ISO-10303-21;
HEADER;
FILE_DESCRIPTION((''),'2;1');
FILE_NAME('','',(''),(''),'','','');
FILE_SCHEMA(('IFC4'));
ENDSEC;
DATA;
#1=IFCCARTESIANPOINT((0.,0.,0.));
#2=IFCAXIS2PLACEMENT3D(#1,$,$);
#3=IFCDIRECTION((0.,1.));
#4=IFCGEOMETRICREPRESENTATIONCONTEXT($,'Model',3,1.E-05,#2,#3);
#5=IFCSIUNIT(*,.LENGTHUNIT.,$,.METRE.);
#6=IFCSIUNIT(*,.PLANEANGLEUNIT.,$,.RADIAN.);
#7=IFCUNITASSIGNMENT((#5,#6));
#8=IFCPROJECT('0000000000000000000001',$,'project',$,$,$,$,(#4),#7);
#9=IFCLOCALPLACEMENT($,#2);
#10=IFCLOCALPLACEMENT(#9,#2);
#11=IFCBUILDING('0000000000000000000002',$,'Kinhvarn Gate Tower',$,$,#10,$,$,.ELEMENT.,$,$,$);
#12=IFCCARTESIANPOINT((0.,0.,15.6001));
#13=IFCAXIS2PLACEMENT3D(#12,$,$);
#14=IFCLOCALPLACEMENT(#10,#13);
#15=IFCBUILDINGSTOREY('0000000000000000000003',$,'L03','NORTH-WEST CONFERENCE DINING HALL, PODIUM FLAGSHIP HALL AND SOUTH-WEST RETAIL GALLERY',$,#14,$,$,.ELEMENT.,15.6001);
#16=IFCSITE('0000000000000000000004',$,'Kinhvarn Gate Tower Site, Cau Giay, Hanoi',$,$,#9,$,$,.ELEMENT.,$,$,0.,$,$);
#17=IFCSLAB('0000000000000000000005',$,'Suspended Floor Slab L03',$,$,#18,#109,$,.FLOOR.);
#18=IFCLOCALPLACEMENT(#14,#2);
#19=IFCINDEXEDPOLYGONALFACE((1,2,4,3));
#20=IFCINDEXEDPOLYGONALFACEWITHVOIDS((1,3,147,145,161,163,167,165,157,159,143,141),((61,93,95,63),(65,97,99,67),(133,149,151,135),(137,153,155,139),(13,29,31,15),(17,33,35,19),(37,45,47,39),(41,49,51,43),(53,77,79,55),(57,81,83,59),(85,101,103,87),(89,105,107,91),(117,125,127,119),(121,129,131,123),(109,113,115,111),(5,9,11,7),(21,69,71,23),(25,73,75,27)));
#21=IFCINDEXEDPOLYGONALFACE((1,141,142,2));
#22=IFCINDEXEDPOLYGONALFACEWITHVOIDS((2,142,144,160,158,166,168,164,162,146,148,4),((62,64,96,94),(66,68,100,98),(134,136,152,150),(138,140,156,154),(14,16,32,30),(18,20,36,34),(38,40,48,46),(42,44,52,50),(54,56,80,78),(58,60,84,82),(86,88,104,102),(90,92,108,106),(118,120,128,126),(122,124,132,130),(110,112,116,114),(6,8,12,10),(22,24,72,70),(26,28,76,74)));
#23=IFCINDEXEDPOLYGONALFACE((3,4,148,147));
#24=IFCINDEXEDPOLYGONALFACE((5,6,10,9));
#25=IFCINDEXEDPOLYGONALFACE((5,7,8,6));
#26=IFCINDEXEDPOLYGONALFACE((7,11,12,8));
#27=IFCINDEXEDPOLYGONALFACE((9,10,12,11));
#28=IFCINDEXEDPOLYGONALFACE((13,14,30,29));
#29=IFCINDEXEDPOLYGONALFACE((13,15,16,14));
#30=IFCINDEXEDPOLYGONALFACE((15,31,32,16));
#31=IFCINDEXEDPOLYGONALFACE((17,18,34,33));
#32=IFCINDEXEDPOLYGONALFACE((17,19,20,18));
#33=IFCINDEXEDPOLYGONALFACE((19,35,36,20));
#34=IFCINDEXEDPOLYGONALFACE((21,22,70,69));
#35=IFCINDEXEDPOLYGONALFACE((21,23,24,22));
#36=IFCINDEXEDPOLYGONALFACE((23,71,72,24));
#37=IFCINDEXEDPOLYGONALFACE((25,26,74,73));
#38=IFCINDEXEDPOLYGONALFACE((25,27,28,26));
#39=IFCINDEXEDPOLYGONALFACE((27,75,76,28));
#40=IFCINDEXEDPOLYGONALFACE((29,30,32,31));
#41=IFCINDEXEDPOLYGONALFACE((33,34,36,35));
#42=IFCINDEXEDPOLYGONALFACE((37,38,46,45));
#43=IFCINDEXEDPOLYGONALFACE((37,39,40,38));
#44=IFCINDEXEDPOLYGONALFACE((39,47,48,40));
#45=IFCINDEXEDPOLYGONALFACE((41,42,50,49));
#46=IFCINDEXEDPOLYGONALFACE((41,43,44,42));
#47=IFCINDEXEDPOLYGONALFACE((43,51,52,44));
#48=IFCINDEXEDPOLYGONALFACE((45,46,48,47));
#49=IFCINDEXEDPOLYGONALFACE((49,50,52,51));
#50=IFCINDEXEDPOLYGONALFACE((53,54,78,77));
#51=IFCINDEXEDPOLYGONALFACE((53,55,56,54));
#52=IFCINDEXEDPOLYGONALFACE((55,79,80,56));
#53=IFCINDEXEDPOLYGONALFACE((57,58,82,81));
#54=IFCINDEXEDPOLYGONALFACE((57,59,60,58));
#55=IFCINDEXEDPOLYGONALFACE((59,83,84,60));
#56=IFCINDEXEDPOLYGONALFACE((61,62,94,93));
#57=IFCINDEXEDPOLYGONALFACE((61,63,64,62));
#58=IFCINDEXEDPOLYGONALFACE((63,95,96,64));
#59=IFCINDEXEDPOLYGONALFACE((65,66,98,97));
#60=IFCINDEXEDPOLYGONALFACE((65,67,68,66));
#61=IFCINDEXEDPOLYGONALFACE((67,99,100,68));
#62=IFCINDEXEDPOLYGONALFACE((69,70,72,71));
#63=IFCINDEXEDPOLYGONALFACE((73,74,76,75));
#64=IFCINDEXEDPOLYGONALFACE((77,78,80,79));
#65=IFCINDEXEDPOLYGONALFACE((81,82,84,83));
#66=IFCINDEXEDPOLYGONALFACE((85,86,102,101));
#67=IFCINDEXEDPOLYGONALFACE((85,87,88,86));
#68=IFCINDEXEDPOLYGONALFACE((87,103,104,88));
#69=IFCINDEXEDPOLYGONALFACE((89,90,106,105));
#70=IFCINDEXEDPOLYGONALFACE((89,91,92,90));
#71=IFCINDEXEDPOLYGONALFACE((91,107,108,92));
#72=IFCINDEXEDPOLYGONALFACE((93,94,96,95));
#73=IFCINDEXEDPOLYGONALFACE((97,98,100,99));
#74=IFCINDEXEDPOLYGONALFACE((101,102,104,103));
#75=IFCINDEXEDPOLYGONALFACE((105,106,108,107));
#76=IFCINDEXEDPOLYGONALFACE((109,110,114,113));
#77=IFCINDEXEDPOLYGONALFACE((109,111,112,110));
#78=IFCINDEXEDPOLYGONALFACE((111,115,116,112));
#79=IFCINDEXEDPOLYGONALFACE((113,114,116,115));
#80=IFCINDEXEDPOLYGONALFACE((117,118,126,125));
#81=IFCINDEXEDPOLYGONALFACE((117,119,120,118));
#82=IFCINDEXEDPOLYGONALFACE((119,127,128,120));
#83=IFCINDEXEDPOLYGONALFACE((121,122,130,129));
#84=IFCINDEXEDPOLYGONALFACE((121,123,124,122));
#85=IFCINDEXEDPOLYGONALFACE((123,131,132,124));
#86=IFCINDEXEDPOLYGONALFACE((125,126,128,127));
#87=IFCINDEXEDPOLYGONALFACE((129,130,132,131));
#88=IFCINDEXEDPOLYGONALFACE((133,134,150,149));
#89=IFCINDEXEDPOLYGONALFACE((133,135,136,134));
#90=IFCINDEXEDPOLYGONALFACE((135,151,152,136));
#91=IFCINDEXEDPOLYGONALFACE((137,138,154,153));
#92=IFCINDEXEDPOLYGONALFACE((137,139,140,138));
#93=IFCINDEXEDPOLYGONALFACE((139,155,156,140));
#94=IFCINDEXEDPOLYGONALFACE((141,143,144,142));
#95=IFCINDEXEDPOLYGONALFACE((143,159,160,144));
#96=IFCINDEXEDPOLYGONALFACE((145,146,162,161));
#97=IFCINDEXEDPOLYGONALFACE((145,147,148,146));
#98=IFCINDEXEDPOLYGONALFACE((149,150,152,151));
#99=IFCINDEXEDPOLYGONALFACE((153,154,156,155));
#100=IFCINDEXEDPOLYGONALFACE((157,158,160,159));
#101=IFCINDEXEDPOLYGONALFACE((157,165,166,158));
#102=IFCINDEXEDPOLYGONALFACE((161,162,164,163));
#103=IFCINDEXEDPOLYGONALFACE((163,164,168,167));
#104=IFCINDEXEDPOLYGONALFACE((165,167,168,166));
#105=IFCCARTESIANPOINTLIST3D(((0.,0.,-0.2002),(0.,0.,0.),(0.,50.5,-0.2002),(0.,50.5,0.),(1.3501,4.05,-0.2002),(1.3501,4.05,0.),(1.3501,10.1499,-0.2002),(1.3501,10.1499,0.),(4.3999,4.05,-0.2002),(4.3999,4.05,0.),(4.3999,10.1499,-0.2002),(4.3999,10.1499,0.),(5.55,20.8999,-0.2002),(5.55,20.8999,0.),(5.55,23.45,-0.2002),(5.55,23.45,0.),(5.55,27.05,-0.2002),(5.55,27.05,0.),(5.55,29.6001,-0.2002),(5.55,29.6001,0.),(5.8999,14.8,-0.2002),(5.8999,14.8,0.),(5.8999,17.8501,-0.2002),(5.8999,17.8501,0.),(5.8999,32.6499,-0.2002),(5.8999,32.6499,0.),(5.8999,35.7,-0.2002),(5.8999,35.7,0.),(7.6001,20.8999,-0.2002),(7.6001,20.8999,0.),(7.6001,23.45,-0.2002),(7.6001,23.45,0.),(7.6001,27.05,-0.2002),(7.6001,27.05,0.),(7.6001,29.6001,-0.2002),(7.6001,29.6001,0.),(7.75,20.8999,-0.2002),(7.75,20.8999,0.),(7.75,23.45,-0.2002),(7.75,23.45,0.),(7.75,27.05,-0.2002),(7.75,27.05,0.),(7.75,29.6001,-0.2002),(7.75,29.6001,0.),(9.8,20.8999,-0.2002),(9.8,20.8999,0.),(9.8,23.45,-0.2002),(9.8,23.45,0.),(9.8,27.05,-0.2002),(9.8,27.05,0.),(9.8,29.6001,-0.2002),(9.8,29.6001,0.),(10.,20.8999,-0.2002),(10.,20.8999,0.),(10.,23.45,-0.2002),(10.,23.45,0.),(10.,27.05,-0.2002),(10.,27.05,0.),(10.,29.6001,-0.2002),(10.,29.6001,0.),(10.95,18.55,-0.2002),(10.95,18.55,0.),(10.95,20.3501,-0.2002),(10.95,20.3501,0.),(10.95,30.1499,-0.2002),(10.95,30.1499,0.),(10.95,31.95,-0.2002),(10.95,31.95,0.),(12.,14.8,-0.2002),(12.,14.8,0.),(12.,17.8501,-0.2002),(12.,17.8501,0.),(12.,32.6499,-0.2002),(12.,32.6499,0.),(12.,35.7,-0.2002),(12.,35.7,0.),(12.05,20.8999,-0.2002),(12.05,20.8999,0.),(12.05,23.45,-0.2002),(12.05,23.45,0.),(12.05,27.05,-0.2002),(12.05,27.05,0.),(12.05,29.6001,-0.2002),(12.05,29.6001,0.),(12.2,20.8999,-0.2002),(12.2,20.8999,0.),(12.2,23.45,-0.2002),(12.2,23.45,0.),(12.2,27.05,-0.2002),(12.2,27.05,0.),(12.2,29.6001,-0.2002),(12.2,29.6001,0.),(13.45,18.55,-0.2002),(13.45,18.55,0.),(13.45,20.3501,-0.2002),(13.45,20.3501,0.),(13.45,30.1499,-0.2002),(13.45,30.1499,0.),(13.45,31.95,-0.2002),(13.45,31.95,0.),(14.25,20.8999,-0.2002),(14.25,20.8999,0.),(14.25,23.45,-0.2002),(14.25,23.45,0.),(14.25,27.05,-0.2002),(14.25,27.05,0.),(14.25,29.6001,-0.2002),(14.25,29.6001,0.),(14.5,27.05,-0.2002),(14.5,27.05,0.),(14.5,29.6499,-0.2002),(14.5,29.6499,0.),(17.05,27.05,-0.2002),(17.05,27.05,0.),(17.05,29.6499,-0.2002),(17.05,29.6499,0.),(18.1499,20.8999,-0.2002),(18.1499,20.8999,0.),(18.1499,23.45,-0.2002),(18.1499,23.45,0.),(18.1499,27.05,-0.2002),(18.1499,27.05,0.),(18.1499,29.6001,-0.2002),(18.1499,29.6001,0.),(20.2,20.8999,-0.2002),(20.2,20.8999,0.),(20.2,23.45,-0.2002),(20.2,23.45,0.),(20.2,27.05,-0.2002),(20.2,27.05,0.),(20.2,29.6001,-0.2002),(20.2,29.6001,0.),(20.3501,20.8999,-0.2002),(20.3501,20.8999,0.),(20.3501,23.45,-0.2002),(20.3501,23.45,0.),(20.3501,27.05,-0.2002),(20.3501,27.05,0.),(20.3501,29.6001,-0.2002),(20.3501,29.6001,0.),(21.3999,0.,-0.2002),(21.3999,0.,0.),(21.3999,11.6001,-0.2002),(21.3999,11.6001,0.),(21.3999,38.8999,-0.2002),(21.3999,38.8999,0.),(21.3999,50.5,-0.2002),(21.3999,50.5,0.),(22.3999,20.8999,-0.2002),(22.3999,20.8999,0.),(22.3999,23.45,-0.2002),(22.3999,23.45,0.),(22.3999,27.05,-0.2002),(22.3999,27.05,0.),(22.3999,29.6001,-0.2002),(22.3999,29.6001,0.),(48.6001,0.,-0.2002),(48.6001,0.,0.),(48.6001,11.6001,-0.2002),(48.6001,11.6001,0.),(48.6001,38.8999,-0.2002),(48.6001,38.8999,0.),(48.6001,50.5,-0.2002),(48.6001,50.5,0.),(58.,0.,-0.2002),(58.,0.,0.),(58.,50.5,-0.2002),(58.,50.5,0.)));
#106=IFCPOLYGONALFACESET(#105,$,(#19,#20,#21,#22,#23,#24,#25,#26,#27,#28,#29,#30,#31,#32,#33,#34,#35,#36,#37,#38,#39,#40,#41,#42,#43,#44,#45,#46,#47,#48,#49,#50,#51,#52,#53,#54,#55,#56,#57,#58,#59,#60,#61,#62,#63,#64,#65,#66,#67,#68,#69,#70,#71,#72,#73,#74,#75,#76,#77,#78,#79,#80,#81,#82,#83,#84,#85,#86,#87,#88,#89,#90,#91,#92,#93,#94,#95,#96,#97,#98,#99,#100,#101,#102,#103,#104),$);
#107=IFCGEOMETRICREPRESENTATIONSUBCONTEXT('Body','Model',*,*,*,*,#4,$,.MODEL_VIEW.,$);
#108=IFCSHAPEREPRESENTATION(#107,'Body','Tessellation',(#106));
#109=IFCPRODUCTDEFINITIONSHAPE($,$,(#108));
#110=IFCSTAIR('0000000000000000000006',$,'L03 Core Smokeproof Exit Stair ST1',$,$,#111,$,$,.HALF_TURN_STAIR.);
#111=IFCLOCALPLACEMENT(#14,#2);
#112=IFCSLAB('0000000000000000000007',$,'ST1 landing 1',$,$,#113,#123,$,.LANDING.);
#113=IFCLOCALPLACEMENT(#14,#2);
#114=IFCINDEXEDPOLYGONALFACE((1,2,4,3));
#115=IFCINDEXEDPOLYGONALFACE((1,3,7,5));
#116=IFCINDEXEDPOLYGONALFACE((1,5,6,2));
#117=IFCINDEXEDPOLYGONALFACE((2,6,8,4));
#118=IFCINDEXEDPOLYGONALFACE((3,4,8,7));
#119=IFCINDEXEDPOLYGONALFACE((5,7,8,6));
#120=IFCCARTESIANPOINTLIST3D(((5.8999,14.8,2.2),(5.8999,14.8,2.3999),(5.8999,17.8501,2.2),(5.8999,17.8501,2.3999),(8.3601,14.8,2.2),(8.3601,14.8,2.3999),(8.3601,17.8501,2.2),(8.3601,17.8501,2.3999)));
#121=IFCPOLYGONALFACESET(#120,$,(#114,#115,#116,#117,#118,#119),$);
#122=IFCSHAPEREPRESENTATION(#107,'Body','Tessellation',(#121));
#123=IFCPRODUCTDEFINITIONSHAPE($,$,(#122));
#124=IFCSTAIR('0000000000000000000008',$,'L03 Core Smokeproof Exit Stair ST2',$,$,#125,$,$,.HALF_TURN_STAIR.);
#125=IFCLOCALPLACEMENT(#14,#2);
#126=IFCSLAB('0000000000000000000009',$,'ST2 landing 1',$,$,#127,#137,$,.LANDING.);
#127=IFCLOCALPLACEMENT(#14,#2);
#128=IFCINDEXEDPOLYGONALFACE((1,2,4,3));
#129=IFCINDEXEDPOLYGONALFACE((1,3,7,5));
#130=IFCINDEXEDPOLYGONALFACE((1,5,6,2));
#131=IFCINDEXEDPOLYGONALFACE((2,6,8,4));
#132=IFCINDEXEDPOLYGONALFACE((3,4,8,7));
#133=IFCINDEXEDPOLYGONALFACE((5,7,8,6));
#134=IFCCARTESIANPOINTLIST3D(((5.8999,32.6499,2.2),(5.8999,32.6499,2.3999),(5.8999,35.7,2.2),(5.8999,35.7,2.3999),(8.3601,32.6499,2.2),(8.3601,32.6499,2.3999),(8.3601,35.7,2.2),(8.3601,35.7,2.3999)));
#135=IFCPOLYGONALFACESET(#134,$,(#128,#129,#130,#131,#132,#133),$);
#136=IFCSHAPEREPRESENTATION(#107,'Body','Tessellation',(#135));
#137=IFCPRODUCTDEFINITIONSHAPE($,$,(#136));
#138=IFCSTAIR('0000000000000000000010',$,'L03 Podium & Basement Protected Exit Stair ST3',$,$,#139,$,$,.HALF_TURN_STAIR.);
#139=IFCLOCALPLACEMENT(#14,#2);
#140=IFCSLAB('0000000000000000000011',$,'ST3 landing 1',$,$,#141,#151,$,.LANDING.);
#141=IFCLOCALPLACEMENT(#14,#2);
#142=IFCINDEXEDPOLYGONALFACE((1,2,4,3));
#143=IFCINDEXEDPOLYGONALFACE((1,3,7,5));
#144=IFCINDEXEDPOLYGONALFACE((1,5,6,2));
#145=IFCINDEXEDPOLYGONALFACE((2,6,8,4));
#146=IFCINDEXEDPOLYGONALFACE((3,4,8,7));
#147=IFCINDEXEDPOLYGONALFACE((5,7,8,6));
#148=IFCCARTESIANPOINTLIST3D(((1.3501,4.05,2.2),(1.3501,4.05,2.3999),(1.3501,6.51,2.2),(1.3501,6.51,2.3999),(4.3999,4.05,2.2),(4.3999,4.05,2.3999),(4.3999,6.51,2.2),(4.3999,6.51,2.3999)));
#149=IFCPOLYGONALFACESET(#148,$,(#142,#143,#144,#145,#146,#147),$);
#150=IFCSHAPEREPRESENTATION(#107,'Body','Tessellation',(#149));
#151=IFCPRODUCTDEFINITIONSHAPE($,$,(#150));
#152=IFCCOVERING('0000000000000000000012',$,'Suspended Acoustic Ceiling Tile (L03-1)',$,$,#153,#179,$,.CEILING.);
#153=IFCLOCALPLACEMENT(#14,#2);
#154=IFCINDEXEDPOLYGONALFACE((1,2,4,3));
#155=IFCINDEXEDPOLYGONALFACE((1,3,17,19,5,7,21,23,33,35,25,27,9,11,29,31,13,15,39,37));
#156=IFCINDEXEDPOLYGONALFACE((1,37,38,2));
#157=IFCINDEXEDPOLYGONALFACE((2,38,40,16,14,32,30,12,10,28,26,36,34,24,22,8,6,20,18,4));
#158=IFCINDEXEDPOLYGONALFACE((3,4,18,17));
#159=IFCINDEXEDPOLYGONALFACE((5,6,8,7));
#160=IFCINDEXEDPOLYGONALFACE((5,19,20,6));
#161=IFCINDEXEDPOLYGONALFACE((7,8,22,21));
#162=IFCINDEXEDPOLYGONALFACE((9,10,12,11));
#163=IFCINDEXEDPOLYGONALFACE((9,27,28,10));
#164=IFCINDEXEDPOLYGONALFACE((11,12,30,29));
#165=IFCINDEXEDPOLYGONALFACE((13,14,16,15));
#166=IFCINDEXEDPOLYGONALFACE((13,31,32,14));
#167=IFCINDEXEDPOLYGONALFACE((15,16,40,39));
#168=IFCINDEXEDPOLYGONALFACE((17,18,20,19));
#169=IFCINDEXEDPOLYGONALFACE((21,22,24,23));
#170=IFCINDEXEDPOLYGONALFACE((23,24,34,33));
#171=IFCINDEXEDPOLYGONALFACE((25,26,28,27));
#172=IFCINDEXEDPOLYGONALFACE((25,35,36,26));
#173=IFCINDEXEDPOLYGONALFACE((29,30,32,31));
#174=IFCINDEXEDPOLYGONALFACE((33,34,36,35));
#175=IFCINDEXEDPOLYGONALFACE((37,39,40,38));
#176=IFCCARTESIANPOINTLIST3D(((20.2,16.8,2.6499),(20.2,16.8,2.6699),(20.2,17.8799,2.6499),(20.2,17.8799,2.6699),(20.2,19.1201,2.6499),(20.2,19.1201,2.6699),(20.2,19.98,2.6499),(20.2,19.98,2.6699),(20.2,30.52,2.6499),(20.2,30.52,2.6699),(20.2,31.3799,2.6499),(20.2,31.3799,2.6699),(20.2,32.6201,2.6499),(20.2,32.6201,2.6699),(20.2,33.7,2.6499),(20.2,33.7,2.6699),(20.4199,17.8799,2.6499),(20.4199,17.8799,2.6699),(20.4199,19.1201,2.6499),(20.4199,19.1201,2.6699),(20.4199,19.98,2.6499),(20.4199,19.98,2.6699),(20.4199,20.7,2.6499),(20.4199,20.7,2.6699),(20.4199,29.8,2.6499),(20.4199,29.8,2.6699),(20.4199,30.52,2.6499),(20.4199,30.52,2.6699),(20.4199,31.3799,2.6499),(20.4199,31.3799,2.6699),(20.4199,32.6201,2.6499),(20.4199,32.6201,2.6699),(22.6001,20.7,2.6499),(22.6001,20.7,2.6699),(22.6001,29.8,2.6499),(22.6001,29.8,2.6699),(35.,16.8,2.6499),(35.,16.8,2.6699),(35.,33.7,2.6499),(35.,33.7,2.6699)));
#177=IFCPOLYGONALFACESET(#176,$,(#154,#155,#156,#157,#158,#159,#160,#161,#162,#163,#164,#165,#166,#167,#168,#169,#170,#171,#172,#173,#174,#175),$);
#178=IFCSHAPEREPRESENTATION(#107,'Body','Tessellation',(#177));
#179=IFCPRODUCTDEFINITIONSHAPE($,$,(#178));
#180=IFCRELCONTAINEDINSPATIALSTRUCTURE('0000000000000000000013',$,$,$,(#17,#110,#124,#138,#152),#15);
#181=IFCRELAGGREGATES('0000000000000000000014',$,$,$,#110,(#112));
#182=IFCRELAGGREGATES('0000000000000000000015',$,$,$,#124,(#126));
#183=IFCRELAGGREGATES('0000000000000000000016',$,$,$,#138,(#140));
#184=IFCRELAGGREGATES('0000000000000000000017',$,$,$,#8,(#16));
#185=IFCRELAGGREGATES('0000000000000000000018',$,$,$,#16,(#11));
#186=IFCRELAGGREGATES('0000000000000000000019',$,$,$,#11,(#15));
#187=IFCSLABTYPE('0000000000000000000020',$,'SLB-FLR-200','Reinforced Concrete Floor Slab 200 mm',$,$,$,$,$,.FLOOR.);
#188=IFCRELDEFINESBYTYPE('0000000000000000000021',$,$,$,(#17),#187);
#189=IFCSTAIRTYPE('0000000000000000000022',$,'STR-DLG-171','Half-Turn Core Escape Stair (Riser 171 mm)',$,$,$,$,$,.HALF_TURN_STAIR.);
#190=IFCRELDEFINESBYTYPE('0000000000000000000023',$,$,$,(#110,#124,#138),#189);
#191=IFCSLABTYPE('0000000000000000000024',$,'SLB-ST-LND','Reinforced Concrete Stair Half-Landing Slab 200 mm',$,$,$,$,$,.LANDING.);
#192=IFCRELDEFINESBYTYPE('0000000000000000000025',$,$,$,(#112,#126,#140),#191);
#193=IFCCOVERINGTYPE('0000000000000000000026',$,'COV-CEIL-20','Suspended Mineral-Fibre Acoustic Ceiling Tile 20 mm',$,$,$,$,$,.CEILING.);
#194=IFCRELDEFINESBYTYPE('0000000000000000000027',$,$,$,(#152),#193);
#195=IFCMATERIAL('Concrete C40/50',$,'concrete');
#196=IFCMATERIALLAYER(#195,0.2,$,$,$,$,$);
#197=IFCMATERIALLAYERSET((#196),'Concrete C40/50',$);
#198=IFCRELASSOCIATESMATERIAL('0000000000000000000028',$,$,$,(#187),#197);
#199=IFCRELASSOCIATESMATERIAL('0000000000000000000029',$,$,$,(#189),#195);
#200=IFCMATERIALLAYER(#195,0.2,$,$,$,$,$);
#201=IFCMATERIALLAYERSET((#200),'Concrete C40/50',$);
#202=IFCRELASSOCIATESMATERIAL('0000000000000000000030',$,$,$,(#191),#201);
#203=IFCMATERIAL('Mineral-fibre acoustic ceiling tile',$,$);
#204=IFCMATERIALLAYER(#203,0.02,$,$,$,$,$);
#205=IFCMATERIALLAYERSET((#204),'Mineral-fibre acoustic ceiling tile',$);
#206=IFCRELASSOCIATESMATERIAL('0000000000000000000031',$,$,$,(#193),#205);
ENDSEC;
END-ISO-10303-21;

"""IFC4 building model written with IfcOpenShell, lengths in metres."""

from ifc_helpers import new_model, si_unit, direction, frame, origin, place, context, subcontext, project, spatial, polyline, outline, extrude, material, layer, layer_set, type_object, element, aggregate, save


model = new_model("IFC4")

# Units and contexts
model_context = context("Model", 3, precision=1e-05, world=origin(), true_north=direction((0.0, 1.0)))
body_context = subcontext(model_context, "Body", "Model", "MODEL_VIEW")
ifc_project = project(units=[si_unit("LENGTHUNIT", "METRE"), si_unit("PLANEANGLEUNIT", "RADIAN")], contexts=[model_context])

# Site, building, storey
site_placement = place(None, origin())
site = spatial("IfcSite", under=ifc_project, at=site_placement, Name="Kinhvarn Gate Tower Site, Cau Giay, Hanoi", CompositionType="ELEMENT", RefElevation=0.0)
building_placement = place(site_placement, origin())
building = spatial("IfcBuilding", under=site, at=building_placement, Name="Kinhvarn Gate Tower", CompositionType="ELEMENT")
storey_placement = place(building_placement, frame((0.0, 0.0, 15.6001)))
storey = spatial("IfcBuildingStorey", under=building, at=storey_placement, Name="L03", Description="NORTH-WEST CONFERENCE DINING HALL, PODIUM FLAGSHIP HALL AND SOUTH-WEST RETAIL GALLERY", CompositionType="ELEMENT", Elevation=15.6001)

# Slab
ifc_material_1 = material(Name="Concrete C40/50", Category="concrete")
ifc_layer_1 = layer(ifc_material_1, 0.2)
ifc_layer_set_1 = layer_set([ifc_layer_1], Name="Concrete C40/50")
slab_type_1 = type_object("IfcSlabType", Name="SLB-FLR-200", Description="Reinforced Concrete Floor Slab 200 mm", PredefinedType="FLOOR", material=ifc_layer_set_1)
slab_1_placement = place(storey_placement, frame((0.0, 0.0, -0.2002)))
element("IfcSlab", 1, at=slab_1_placement, inside=storey, type_object=slab_type_1, Name="Suspended Floor Slab L03", PredefinedType="FLOOR", context=body_context, shape_type="SweptSolid", body=[
    extrude(outline(polyline([(0.0, 0.0), (0.0, 50.5), (21.3999, 50.5), (21.3999, 38.8999), (48.6001, 38.8999), (48.6001, 50.5), (58.0, 50.5), (58.0, 0.0), (48.6001, 0.0), (48.6001, 11.6001), (21.3999, 11.6001), (21.3999, 0.0), (0.0, 0.0)]), holes=[polyline([(5.8999, 14.8), (12.0, 14.8), (12.0, 17.8501), (5.8999, 17.8501), (5.8999, 14.8)]), polyline([(5.8999, 32.6499), (12.0, 32.6499), (12.0, 35.7), (5.8999, 35.7), (5.8999, 32.6499)]), polyline([(1.3501, 4.05), (4.3999, 4.05), (4.3999, 10.1499), (1.3501, 10.1499), (1.3501, 4.05)]), polyline([(18.1499, 20.8999), (20.2, 20.8999), (20.2, 23.45), (18.1499, 23.45), (18.1499, 20.8999)]), polyline([(20.3501, 20.8999), (22.3999, 20.8999), (22.3999, 23.45), (20.3501, 23.45), (20.3501, 20.8999)]), polyline([(18.1499, 27.05), (20.2, 27.05), (20.2, 29.6001), (18.1499, 29.6001), (18.1499, 27.05)]), polyline([(20.3501, 27.05), (22.3999, 27.05), (22.3999, 29.6001), (20.3501, 29.6001), (20.3501, 27.05)]), polyline([(5.55, 20.8999), (7.6001, 20.8999), (7.6001, 23.45), (5.55, 23.45), (5.55, 20.8999)]), polyline([(7.75, 20.8999), (9.8, 20.8999), (9.8, 23.45), (7.75, 23.45), (7.75, 20.8999)]), polyline([(5.55, 27.05), (7.6001, 27.05), (7.6001, 29.6001), (5.55, 29.6001), (5.55, 27.05)]), polyline([(7.75, 27.05), (9.8, 27.05), (9.8, 29.6001), (7.75, 29.6001), (7.75, 27.05)]), polyline([(10.0, 20.8999), (12.05, 20.8999), (12.05, 23.45), (10.0, 23.45), (10.0, 20.8999)]), polyline([(12.2, 20.8999), (14.25, 20.8999), (14.25, 23.45), (12.2, 23.45), (12.2, 20.8999)]), polyline([(10.0, 27.05), (12.05, 27.05), (12.05, 29.6001), (10.0, 29.6001), (10.0, 27.05)]), polyline([(12.2, 27.05), (14.25, 27.05), (14.25, 29.6001), (12.2, 29.6001), (12.2, 27.05)]), polyline([(14.5, 27.05), (17.05, 27.05), (17.05, 29.6499), (14.5, 29.6499), (14.5, 27.05)]), polyline([(10.95, 18.55), (13.45, 18.55), (13.45, 20.3501), (10.95, 20.3501), (10.95, 18.55)]), polyline([(10.95, 30.1499), (13.45, 30.1499), (13.45, 31.95), (10.95, 31.95), (10.95, 30.1499)])]), origin(), (0.0, 0.0, 1.0), 0.2002),
])

# Stairs, slabs
stair_type = type_object("IfcStairType", Name="STR-DLG-171", Description="Half-Turn Core Escape Stair (Riser 171 mm)", PredefinedType="HALF_TURN_STAIR", material=ifc_material_1)
stair_1_placement = place(storey_placement, origin())
stair_1 = element("IfcStair", 2, at=stair_1_placement, inside=storey, type_object=stair_type, Name="L03 Core Smokeproof Exit Stair ST1", PredefinedType="HALF_TURN_STAIR")
ifc_layer_2 = layer(ifc_material_1, 0.2)
ifc_layer_set_2 = layer_set([ifc_layer_2], Name="Concrete C40/50")
slab_type_2 = type_object("IfcSlabType", Name="SLB-ST-LND", Description="Reinforced Concrete Stair Half-Landing Slab 200 mm", PredefinedType="LANDING", material=ifc_layer_set_2)
slab_2_placement = place(storey_placement, frame((0.0, 0.0, 2.2)))
slab_2 = element("IfcSlab", 3, at=slab_2_placement, type_object=slab_type_2, Name="ST1 landing 1", PredefinedType="LANDING", context=body_context, shape_type="SweptSolid", body=[
    extrude(outline(polyline([(8.3601, 17.8501), (5.8999, 17.8501), (5.8999, 14.8), (8.3601, 14.8), (8.3601, 17.8501)])), origin(), (0.0, 0.0, 1.0), 0.2),
])
aggregate(stair_1, [slab_2])
stair_2_placement = place(storey_placement, origin())
stair_2 = element("IfcStair", 4, at=stair_2_placement, inside=storey, type_object=stair_type, Name="L03 Core Smokeproof Exit Stair ST2", PredefinedType="HALF_TURN_STAIR")
slab_3_placement = place(storey_placement, frame((0.0, 0.0, 2.2)))
slab_3 = element("IfcSlab", 5, at=slab_3_placement, type_object=slab_type_2, Name="ST2 landing 1", PredefinedType="LANDING", context=body_context, shape_type="SweptSolid", body=[
    extrude(outline(polyline([(8.3601, 35.7), (5.8999, 35.7), (5.8999, 32.6499), (8.3601, 32.6499), (8.3601, 35.7)])), origin(), (0.0, 0.0, 1.0), 0.2),
])
aggregate(stair_2, [slab_3])
stair_3_placement = place(storey_placement, origin())
stair_3 = element("IfcStair", 6, at=stair_3_placement, inside=storey, type_object=stair_type, Name="L03 Podium & Basement Protected Exit Stair ST3", PredefinedType="HALF_TURN_STAIR")
slab_4_placement = place(storey_placement, frame((0.0, 0.0, 2.2)))
slab_4 = element("IfcSlab", 7, at=slab_4_placement, type_object=slab_type_2, Name="ST3 landing 1", PredefinedType="LANDING", context=body_context, shape_type="SweptSolid", body=[
    extrude(outline(polyline([(1.3501, 6.51), (1.3501, 4.05), (4.3999, 4.05), (4.3999, 6.51), (1.3501, 6.51)])), origin(), (0.0, 0.0, 1.0), 0.2),
])
aggregate(stair_3, [slab_4])

# Covering
ifc_material_2 = material(Name="Mineral-fibre acoustic ceiling tile")
ifc_layer_3 = layer(ifc_material_2, 0.02)
ifc_layer_set_3 = layer_set([ifc_layer_3], Name="Mineral-fibre acoustic ceiling tile")
covering_type_1 = type_object("IfcCoveringType", Name="COV-CEIL-20", Description="Suspended Mineral-Fibre Acoustic Ceiling Tile 20 mm", PredefinedType="CEILING", material=ifc_layer_set_3)
covering_1_placement = place(storey_placement, frame((0.0, 0.0, 2.6499)))
element("IfcCovering", 8, at=covering_1_placement, inside=storey, type_object=covering_type_1, Name="Suspended Acoustic Ceiling Tile (L03-1)", PredefinedType="CEILING", context=body_context, shape_type="SweptSolid", body=[
    extrude(outline(polyline([(35.0, 33.7), (35.0, 16.8), (20.2, 16.8), (20.2, 17.8799), (20.4199, 17.8799), (20.4199, 19.1201), (20.2, 19.1201), (20.2, 19.98), (20.4199, 19.98), (20.4199, 20.7), (22.6001, 20.7), (22.6001, 29.8), (20.4199, 29.8), (20.4199, 30.52), (20.2, 30.52), (20.2, 31.3799), (20.4199, 31.3799), (20.4199, 32.6201), (20.2, 32.6201), (20.2, 33.7), (35.0, 33.7)])), origin(), (0.0, 0.0, 1.0), 0.02),
])

save(model, "model.ifc")
